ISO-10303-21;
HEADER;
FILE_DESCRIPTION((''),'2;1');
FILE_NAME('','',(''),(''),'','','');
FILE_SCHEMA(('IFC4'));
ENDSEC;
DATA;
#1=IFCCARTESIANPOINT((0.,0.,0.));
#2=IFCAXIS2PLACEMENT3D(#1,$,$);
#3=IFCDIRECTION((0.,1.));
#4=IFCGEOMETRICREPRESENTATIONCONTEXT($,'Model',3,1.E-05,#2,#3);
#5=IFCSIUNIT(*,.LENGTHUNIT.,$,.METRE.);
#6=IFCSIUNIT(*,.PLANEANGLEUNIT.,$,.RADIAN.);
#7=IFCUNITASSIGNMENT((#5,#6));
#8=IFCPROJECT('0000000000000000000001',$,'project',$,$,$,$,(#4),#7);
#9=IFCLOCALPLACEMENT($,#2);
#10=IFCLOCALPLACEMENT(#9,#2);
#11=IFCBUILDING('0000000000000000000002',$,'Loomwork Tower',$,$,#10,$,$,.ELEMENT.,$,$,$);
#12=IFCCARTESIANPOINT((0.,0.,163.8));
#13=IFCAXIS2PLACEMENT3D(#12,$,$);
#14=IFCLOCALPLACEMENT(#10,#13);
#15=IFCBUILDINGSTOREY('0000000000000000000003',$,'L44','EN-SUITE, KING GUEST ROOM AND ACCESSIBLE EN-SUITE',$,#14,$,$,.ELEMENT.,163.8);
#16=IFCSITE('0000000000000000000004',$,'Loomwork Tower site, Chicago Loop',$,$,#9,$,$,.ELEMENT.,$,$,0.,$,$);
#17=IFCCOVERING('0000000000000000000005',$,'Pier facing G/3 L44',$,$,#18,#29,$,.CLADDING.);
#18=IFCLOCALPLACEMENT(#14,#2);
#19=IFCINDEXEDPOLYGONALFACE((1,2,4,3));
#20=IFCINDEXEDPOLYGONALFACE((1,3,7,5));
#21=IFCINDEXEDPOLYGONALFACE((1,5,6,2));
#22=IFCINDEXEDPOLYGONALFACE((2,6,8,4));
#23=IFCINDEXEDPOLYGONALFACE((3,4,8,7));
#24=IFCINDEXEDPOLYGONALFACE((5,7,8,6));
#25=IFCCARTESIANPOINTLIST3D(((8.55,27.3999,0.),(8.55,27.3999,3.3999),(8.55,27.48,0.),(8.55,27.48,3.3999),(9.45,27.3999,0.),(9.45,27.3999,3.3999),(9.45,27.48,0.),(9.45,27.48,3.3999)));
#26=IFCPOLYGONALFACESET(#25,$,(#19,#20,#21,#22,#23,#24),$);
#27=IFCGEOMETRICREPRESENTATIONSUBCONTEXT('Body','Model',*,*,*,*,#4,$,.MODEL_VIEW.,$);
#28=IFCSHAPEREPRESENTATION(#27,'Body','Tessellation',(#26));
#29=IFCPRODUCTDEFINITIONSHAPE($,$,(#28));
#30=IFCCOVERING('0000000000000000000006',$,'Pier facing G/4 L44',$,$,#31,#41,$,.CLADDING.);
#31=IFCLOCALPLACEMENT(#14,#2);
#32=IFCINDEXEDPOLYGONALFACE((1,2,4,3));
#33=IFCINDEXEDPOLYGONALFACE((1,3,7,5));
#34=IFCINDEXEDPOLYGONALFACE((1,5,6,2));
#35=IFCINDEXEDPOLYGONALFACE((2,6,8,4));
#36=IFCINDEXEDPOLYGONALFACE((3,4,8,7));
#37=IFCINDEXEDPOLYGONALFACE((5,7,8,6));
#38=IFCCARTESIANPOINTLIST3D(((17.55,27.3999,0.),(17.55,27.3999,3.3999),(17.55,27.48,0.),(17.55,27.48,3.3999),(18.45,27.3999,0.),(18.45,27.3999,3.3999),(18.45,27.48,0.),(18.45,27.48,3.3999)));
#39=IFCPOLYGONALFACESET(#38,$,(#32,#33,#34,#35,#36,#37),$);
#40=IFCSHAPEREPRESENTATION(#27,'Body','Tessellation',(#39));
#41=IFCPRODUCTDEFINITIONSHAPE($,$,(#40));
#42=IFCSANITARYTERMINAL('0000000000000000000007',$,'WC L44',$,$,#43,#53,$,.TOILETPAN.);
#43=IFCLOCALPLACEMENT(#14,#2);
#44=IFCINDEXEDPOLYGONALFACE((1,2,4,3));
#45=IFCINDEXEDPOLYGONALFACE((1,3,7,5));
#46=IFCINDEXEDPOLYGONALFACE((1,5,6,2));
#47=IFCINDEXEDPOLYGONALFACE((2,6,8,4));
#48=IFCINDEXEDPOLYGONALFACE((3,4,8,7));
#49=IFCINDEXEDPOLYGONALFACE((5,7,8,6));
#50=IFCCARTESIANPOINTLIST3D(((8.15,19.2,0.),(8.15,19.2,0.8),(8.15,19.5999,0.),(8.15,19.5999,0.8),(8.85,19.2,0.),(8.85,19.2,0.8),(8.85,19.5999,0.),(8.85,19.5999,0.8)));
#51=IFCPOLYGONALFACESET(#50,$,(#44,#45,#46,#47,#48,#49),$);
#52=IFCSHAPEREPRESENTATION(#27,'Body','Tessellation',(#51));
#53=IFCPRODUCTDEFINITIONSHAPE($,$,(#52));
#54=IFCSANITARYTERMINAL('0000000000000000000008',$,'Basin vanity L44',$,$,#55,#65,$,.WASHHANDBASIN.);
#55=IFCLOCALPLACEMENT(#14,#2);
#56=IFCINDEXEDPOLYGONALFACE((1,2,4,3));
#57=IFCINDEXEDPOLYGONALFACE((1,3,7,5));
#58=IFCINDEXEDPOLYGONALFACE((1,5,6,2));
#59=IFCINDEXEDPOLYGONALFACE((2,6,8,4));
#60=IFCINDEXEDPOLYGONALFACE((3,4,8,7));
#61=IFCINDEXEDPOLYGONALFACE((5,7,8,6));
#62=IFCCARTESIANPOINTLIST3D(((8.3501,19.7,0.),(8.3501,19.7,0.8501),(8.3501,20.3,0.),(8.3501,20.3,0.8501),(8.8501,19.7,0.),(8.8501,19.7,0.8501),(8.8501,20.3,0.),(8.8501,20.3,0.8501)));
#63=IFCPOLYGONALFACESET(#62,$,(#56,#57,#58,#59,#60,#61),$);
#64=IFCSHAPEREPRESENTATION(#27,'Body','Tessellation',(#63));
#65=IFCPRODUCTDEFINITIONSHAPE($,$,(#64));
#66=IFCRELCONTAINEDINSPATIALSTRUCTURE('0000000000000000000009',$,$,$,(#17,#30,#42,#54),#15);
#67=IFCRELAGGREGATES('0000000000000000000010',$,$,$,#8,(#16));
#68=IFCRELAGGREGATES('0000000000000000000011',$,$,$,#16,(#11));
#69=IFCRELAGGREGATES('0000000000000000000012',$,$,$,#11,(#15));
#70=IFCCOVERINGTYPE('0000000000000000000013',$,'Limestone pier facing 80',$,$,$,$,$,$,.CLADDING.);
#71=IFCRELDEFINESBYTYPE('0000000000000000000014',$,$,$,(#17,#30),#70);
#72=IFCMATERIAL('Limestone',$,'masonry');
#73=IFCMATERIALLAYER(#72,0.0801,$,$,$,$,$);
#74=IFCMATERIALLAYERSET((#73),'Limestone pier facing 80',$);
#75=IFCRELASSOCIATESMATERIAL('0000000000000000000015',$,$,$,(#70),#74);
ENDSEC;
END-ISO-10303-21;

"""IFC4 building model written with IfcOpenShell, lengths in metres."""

from ifc_helpers import new_model, si_unit, direction, frame, origin, origin_2d, place, context, subcontext, project, spatial, rectangle, extrude, material, layer, layer_set, type_object, element, save


model = new_model("IFC4")

# Units and contexts
model_context = context("Model", 3, precision=1e-05, world=origin(), true_north=direction((0.0, 1.0)))
body_context = subcontext(model_context, "Body", "Model", "MODEL_VIEW")
ifc_project = project(units=[si_unit("LENGTHUNIT", "METRE"), si_unit("PLANEANGLEUNIT", "RADIAN")], contexts=[model_context])

# Site, building, storey
site_placement = place(None, origin())
site = spatial("IfcSite", under=ifc_project, at=site_placement, Name="Loomwork Tower site, Chicago Loop", CompositionType="ELEMENT", RefElevation=0.0)
building_placement = place(site_placement, origin())
building = spatial("IfcBuilding", under=site, at=building_placement, Name="Loomwork Tower", CompositionType="ELEMENT")
storey_placement = place(building_placement, frame((0.0, 0.0, 163.8)))
storey = spatial("IfcBuildingStorey", under=building, at=storey_placement, Name="L44", Description="EN-SUITE, KING GUEST ROOM AND ACCESSIBLE EN-SUITE", CompositionType="ELEMENT", Elevation=163.8)

# Coverings
ifc_material_1 = material(Name="Limestone", Category="masonry")
ifc_layer_1 = layer(ifc_material_1, 0.0801)
ifc_layer_set_1 = layer_set([ifc_layer_1], Name="Limestone pier facing 80")
covering_type = type_object("IfcCoveringType", Name="Limestone pier facing 80", PredefinedType="CLADDING", material=ifc_layer_set_1)
for number, where, z_axis, x_axis, name in (
    (1, (9.0, 27.4399, 0.0), (0.0, 0.0, 1.0), (1.0, 0.0, 0.0), "Pier facing G/3 L44"),
    (2, (18.0, 27.4399, 0.0), (0.0, 0.0, 1.0), (1.0, 0.0, 0.0), "Pier facing G/4 L44"),
):
    element("IfcCovering", number, at=place(storey_placement, frame(where, z_axis=z_axis, x_axis=x_axis)), inside=storey, type_object=covering_type, Name=name, PredefinedType="CLADDING", context=body_context, shape_type="SweptSolid", body=[
        extrude(rectangle(XDim=0.8999, YDim=0.0801, at=origin_2d()), origin(), (0.0, 0.0, 1.0), 3.3999),
    ])

# Sanitary terminals
sanitary_terminal_1_placement = place(storey_placement, frame((8.5, 19.3999, 0.0), z_axis=(0.0, 0.0, 1.0), x_axis=(1.0, 0.0, 0.0)))
element("IfcSanitaryTerminal", 3, at=sanitary_terminal_1_placement, inside=storey, Name="WC L44", PredefinedType="TOILETPAN", context=body_context, shape_type="SweptSolid", body=[
    extrude(rectangle(XDim=0.7, YDim=0.3999, at=origin_2d()), origin(), (0.0, 0.0, 1.0), 0.8),
])
sanitary_terminal_2_placement = place(storey_placement, frame((8.6001, 20.0, 0.0), z_axis=(0.0, 0.0, 1.0), x_axis=(1.0, 0.0, 0.0)))
element("IfcSanitaryTerminal", 4, at=sanitary_terminal_2_placement, inside=storey, Name="Basin vanity L44", PredefinedType="WASHHANDBASIN", context=body_context, shape_type="SweptSolid", body=[
    extrude(rectangle(XDim=0.5, YDim=0.6001, at=origin_2d()), origin(), (0.0, 0.0, 1.0), 0.8501),
])

save(model, "model.ifc")
